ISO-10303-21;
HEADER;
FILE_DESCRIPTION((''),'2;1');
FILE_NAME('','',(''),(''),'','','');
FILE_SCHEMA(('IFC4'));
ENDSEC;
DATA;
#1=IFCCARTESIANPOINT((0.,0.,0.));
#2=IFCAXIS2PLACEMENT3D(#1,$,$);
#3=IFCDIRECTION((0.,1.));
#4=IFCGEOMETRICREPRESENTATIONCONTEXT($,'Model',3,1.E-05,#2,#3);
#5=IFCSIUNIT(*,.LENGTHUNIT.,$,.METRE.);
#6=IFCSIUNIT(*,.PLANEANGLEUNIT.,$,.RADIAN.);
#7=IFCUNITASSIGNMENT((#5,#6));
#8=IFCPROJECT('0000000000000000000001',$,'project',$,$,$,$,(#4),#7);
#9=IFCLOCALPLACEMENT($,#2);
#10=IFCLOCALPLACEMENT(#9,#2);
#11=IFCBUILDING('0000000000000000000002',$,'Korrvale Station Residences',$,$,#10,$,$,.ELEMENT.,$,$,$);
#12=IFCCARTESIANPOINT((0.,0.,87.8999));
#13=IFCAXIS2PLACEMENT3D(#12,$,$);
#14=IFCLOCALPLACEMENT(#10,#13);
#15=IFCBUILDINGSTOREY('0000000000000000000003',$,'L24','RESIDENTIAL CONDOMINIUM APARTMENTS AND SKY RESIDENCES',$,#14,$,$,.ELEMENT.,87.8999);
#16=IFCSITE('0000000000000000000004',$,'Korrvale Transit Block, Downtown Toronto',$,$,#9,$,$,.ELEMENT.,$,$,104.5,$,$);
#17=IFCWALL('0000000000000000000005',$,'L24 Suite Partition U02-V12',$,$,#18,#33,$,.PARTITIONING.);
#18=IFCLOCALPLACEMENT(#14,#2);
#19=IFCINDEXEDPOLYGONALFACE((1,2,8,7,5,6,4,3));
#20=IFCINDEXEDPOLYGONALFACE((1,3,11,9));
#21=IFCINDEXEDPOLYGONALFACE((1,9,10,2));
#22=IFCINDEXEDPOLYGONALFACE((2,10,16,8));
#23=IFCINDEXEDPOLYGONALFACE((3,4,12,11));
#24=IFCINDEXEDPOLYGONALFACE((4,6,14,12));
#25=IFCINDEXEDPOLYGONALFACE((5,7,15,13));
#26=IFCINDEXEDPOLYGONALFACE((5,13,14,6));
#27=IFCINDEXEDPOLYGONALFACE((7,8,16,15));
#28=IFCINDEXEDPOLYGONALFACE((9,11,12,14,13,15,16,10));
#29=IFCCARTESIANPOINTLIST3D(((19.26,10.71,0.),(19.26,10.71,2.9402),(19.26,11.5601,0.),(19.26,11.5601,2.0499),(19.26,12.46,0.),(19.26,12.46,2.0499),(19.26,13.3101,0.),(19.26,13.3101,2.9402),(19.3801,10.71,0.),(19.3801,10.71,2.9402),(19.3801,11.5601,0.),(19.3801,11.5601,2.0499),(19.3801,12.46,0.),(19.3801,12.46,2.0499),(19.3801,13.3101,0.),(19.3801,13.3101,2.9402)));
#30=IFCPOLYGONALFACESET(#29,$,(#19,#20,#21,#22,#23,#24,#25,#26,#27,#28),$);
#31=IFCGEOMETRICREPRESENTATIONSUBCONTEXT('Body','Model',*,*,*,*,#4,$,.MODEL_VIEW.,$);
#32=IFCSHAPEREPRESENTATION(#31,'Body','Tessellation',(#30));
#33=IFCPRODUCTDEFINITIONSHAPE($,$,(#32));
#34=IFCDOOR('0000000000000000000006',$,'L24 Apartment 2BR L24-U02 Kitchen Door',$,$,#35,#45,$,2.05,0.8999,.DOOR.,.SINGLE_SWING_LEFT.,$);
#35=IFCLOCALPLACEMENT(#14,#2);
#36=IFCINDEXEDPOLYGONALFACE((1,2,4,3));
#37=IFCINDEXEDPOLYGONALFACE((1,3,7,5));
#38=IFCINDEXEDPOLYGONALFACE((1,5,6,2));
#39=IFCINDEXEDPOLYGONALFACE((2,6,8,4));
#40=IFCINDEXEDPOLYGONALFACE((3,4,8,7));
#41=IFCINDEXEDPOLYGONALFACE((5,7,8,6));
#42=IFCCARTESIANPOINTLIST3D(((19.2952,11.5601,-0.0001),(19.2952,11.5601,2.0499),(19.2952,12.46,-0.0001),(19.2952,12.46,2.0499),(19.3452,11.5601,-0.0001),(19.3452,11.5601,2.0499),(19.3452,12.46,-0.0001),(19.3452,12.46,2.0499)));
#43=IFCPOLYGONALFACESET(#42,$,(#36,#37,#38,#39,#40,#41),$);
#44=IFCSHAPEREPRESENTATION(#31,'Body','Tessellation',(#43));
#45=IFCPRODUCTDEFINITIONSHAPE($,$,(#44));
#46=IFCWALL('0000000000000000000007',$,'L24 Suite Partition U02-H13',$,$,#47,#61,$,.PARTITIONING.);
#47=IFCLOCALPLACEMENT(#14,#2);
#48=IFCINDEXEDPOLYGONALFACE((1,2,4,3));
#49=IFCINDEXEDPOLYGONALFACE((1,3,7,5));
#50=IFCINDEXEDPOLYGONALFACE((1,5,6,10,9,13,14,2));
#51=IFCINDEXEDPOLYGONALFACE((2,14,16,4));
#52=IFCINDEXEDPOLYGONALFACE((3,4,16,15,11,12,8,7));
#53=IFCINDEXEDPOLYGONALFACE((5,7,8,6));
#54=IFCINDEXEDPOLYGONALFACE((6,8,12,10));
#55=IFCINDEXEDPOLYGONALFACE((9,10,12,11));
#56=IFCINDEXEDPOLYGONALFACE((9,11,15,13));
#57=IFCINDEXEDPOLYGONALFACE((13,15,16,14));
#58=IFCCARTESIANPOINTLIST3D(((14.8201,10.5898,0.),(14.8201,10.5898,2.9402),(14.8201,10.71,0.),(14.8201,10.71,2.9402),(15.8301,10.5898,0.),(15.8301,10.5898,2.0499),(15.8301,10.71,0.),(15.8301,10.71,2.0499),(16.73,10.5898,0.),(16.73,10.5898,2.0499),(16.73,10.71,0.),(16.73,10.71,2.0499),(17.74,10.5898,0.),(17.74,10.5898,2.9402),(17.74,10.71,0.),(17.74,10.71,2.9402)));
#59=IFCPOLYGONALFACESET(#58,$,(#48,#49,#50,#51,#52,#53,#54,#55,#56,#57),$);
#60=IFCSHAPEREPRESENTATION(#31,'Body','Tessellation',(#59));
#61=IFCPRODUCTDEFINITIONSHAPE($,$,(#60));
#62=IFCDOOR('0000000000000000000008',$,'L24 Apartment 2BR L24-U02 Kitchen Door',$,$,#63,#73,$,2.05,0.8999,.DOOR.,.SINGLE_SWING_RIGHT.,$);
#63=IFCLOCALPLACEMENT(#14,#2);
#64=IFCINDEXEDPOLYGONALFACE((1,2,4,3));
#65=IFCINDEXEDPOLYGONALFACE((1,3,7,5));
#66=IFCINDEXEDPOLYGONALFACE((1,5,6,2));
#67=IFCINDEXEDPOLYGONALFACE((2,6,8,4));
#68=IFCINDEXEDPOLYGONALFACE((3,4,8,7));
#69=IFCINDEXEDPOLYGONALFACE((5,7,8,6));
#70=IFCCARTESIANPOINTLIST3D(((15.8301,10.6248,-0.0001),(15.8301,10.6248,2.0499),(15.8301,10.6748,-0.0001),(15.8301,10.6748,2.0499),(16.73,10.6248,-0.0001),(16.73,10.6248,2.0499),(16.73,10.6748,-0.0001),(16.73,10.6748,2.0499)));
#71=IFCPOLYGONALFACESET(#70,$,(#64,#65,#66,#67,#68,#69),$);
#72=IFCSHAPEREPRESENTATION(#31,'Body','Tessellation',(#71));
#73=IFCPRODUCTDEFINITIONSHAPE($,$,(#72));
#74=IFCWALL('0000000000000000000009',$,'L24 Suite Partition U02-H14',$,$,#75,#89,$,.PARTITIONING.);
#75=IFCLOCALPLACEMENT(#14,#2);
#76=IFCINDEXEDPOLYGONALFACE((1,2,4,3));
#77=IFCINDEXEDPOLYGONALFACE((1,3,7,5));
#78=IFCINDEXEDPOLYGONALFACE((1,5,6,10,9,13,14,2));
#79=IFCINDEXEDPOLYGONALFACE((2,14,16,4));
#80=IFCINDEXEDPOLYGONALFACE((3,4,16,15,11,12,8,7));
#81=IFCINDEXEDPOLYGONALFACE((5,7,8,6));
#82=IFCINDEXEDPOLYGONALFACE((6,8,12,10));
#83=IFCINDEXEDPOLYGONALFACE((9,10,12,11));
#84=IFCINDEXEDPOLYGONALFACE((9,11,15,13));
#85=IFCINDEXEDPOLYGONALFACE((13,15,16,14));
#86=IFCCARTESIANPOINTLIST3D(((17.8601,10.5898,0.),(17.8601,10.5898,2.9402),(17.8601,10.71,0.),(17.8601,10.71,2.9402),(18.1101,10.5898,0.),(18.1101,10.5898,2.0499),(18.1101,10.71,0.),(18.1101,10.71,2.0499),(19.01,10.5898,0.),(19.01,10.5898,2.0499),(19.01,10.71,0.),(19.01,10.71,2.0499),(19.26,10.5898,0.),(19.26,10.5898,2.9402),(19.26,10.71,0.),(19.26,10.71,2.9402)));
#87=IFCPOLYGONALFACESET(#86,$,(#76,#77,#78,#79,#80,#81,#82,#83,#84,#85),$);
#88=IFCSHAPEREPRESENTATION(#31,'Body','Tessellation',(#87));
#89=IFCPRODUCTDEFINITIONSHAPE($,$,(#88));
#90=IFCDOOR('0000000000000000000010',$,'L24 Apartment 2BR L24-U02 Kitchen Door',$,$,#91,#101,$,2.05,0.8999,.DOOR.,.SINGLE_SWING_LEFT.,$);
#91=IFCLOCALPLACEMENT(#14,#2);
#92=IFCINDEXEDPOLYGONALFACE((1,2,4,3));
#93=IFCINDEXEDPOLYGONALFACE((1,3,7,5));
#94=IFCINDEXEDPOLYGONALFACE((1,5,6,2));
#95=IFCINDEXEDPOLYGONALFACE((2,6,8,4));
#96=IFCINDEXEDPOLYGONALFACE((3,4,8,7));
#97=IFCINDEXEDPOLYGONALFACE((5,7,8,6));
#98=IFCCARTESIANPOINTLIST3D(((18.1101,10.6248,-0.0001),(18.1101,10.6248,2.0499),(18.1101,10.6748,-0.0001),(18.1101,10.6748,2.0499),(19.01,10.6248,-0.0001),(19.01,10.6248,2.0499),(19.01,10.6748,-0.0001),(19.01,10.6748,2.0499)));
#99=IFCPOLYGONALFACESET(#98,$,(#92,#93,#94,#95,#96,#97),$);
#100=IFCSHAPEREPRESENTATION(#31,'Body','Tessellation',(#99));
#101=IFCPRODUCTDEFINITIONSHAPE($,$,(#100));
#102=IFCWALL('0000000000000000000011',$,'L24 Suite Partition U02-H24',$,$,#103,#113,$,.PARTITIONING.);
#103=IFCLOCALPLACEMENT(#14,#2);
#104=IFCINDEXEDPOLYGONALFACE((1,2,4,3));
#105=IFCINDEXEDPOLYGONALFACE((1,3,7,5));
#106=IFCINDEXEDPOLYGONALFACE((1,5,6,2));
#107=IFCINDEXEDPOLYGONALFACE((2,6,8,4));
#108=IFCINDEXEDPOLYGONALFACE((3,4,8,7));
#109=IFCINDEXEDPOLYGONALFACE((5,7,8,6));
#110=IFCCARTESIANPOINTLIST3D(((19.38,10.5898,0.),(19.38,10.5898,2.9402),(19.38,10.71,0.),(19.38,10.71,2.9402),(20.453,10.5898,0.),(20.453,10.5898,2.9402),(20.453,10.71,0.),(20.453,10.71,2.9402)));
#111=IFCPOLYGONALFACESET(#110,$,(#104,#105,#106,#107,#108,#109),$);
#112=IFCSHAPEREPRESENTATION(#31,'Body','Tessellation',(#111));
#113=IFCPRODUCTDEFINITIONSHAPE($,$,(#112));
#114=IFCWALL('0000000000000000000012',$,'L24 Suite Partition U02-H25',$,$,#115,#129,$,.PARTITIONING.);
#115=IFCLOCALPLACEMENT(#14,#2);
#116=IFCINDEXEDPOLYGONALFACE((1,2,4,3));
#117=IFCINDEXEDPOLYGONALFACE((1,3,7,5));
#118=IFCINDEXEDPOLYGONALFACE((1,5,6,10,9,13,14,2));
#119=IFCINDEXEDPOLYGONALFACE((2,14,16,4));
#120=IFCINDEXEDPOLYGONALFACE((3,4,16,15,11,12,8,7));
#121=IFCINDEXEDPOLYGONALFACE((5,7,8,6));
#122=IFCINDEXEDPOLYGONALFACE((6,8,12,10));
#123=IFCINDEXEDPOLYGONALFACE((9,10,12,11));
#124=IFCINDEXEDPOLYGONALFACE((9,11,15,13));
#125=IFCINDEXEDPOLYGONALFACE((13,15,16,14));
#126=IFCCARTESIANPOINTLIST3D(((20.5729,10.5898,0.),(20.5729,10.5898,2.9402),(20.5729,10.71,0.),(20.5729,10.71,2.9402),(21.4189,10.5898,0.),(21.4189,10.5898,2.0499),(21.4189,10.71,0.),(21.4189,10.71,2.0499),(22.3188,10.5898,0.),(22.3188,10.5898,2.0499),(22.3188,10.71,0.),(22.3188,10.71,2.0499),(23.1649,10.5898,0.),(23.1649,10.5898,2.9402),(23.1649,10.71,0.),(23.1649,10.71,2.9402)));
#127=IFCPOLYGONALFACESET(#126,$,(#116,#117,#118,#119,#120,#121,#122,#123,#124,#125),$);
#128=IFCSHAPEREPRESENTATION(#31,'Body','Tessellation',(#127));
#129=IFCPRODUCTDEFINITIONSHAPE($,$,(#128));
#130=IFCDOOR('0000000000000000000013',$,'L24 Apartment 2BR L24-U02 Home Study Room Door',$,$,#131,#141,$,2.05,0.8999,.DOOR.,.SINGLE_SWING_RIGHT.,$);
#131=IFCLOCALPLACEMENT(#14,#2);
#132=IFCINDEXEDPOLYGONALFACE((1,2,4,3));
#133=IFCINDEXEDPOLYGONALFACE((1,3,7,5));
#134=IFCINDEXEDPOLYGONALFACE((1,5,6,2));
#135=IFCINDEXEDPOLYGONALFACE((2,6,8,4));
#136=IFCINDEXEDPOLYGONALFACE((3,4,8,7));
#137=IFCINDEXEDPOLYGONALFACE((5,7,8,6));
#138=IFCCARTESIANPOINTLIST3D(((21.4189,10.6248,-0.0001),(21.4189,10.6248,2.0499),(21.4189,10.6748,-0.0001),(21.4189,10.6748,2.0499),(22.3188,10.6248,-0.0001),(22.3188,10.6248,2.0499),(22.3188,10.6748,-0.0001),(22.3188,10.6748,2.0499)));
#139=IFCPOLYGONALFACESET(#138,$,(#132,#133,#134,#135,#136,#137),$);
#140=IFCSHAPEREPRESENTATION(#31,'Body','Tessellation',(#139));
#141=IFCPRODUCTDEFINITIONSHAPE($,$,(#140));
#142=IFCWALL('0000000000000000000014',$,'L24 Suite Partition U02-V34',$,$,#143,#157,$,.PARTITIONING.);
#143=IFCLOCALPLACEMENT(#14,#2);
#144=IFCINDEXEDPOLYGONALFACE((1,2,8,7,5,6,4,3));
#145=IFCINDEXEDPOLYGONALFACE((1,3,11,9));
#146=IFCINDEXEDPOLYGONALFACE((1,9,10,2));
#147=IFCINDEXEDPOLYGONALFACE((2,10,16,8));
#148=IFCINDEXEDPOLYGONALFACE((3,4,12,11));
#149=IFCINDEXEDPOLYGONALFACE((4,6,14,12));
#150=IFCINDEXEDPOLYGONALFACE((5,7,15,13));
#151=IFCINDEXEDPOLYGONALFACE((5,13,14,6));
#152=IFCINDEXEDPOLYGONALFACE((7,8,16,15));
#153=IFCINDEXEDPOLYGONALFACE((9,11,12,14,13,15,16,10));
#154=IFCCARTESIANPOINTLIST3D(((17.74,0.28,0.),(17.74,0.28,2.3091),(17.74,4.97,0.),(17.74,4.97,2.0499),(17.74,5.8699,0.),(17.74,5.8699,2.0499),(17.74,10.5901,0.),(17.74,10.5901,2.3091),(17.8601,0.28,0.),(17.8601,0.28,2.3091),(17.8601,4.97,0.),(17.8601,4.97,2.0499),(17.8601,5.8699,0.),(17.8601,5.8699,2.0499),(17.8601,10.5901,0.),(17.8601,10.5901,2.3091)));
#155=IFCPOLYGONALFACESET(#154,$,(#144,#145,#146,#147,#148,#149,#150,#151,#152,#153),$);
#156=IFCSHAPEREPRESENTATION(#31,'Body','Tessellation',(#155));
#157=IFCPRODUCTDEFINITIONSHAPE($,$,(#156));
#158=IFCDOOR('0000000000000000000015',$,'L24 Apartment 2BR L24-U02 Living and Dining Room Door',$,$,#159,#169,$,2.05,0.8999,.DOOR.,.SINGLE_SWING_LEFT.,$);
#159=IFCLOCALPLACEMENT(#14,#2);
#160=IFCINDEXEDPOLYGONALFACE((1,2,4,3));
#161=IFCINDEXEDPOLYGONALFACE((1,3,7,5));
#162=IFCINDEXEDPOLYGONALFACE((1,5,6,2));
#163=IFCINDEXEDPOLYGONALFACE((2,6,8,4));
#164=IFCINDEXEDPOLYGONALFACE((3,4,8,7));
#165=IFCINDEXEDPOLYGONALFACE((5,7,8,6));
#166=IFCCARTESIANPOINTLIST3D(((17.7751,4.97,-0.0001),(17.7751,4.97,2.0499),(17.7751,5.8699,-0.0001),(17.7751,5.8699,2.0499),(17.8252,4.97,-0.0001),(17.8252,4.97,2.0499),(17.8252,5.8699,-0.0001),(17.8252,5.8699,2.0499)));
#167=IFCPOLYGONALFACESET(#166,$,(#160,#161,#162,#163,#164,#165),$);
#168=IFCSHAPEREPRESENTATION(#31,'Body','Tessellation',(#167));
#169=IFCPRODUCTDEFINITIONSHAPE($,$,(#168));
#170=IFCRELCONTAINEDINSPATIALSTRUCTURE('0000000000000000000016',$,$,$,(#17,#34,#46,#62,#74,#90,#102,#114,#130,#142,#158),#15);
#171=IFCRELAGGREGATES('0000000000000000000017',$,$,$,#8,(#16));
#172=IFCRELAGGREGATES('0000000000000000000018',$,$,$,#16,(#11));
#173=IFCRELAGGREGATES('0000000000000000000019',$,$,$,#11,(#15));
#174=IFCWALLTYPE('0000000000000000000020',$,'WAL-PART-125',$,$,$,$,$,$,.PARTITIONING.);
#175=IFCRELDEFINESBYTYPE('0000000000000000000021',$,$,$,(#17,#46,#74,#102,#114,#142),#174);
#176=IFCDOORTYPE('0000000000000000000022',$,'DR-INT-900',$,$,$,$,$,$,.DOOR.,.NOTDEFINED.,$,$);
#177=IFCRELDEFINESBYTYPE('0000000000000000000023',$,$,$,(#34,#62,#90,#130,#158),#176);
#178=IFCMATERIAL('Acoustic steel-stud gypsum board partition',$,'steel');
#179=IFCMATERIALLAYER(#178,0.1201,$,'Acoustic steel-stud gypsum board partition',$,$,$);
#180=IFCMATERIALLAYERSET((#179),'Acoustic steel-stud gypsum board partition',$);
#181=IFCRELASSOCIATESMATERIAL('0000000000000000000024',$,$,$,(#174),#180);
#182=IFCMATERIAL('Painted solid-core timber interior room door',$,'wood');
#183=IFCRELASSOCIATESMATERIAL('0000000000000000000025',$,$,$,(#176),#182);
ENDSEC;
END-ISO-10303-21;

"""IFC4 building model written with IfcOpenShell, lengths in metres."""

from ifc_helpers import new_model, si_unit, direction, frame, frame_2d, origin, place, context, subcontext, project, spatial, rectangle, extrude, material, layer, layer_set, type_object, element, fill, save


model = new_model("IFC4")

# Units and contexts
model_context = context("Model", 3, precision=1e-05, world=origin(), true_north=direction((0.0, 1.0)))
body_context = subcontext(model_context, "Body", "Model", "MODEL_VIEW")
ifc_project = project(units=[si_unit("LENGTHUNIT", "METRE"), si_unit("PLANEANGLEUNIT", "RADIAN")], contexts=[model_context])

# Site, building, storey
site_placement = place(None, origin())
site = spatial("IfcSite", under=ifc_project, at=site_placement, Name="Korrvale Transit Block, Downtown Toronto", CompositionType="ELEMENT", RefElevation=104.5)
building_placement = place(site_placement, origin())
building = spatial("IfcBuilding", under=site, at=building_placement, Name="Korrvale Station Residences", CompositionType="ELEMENT")
storey_placement = place(building_placement, frame((0.0, 0.0, 87.8999)))
storey = spatial("IfcBuildingStorey", under=building, at=storey_placement, Name="L24", Description="RESIDENTIAL CONDOMINIUM APARTMENTS AND SKY RESIDENCES", CompositionType="ELEMENT", Elevation=87.8999)

# Walls, openings, doors
ifc_material_1 = material(Name="Acoustic steel-stud gypsum board partition", Category="steel")
ifc_layer_1 = layer(ifc_material_1, 0.1201, Name="Acoustic steel-stud gypsum board partition")
ifc_layer_set_1 = layer_set([ifc_layer_1], Name="Acoustic steel-stud gypsum board partition")
wall_type_1 = type_object("IfcWallType", Name="WAL-PART-125", PredefinedType="PARTITIONING", material=ifc_layer_set_1)
wall_1_placement = place(storey_placement, frame((19.3201, 10.71, 0.0), z_axis=(0.0, 0.0, 1.0), x_axis=(0.0, 1.0, 0.0)))
wall_1 = element("IfcWall", 1, at=wall_1_placement, inside=storey, type_object=wall_type_1, Name="L24 Suite Partition U02-V12", PredefinedType="PARTITIONING", context=body_context, shape_type="SweptSolid", body=[
    extrude(rectangle(XDim=2.6001, YDim=0.1201, at=frame_2d((1.3, 0.0))), origin(), (0.0, 0.0, 1.0), 2.9402),
])
opening_1_placement = place(wall_1_placement, frame((0.8501, 0.0, 0.0)))
opening_1 = element("IfcOpeningElement", 2, at=opening_1_placement, cuts=wall_1, PredefinedType="OPENING", context=body_context, shape_type="SweptSolid", body=[
    extrude(rectangle(XDim=0.8999, YDim=2.05, at=frame_2d((0.45, 1.0249))), frame((0.0, 0.0701, 0.0), z_axis=(0.0, -1.0, 0.0), x_axis=(1.0, 0.0, 0.0)), (0.0, 0.0, 1.0), 0.1401),
])
ifc_material_2 = material(Name="Painted solid-core timber interior room door", Category="wood")
door_type_1 = type_object("IfcDoorType", Name="DR-INT-900", OperationType="NOTDEFINED", PredefinedType="DOOR", material=ifc_material_2)
door_1_placement = place(opening_1_placement, origin())
door_1 = element("IfcDoor", 3, at=door_1_placement, inside=storey, type_object=door_type_1, Name="L24 Apartment 2BR L24-U02 Kitchen Door", OperationType="SINGLE_SWING_LEFT", OverallHeight=2.05, OverallWidth=0.8999, PredefinedType="DOOR", context=body_context, shape_type="SweptSolid", body=[
    extrude(rectangle(XDim=0.8999, YDim=2.05, at=frame_2d((0.45, 1.0249))), frame((0.0, 0.0249, 0.0), z_axis=(0.0, -1.0, 0.0), x_axis=(1.0, 0.0, 0.0)), (0.0, 0.0, 1.0), 0.05),
])
fill(opening_1, door_1)
wall_2_placement = place(storey_placement, frame((14.8201, 10.6499, 0.0), z_axis=(0.0, 0.0, 1.0), x_axis=(1.0, 0.0, 0.0)))
wall_2 = element("IfcWall", 4, at=wall_2_placement, inside=storey, type_object=wall_type_1, Name="L24 Suite Partition U02-H13", PredefinedType="PARTITIONING", context=body_context, shape_type="SweptSolid", body=[
    extrude(rectangle(XDim=2.9199, YDim=0.1201, at=frame_2d((1.46, 0.0))), origin(), (0.0, 0.0, 1.0), 2.9402),
])
opening_2_placement = place(wall_2_placement, frame((1.01, 0.0, 0.0)))
opening_2 = element("IfcOpeningElement", 5, at=opening_2_placement, cuts=wall_2, PredefinedType="OPENING", context=body_context, shape_type="SweptSolid", body=[
    extrude(rectangle(XDim=0.8999, YDim=2.05, at=frame_2d((0.45, 1.0249))), frame((0.0, 0.0701, 0.0), z_axis=(0.0, -1.0, 0.0), x_axis=(1.0, 0.0, 0.0)), (0.0, 0.0, 1.0), 0.1401),
])
door_2_placement = place(opening_2_placement, origin())
door_2 = element("IfcDoor", 6, at=door_2_placement, inside=storey, type_object=door_type_1, Name="L24 Apartment 2BR L24-U02 Kitchen Door", OperationType="SINGLE_SWING_RIGHT", OverallHeight=2.05, OverallWidth=0.8999, PredefinedType="DOOR", context=body_context, shape_type="SweptSolid", body=[
    extrude(rectangle(XDim=0.8999, YDim=2.05, at=frame_2d((0.45, 1.0249))), frame((0.0, 0.0249, 0.0), z_axis=(0.0, -1.0, 0.0), x_axis=(1.0, 0.0, 0.0)), (0.0, 0.0, 1.0), 0.05),
])
fill(opening_2, door_2)
wall_3_placement = place(storey_placement, frame((17.8601, 10.6499, 0.0), z_axis=(0.0, 0.0, 1.0), x_axis=(1.0, 0.0, 0.0)))
wall_3 = element("IfcWall", 7, at=wall_3_placement, inside=storey, type_object=wall_type_1, Name="L24 Suite Partition U02-H14", PredefinedType="PARTITIONING", context=body_context, shape_type="SweptSolid", body=[
    extrude(rectangle(XDim=1.3999, YDim=0.1201, at=frame_2d((0.7, 0.0))), origin(), (0.0, 0.0, 1.0), 2.9402),
])
opening_3_placement = place(wall_3_placement, frame((0.25, 0.0, 0.0)))
opening_3 = element("IfcOpeningElement", 8, at=opening_3_placement, cuts=wall_3, PredefinedType="OPENING", context=body_context, shape_type="SweptSolid", body=[
    extrude(rectangle(XDim=0.8999, YDim=2.05, at=frame_2d((0.45, 1.0249))), frame((0.0, 0.0701, 0.0), z_axis=(0.0, -1.0, 0.0), x_axis=(1.0, 0.0, 0.0)), (0.0, 0.0, 1.0), 0.1401),
])
door_3_placement = place(opening_3_placement, origin())
door_3 = element("IfcDoor", 9, at=door_3_placement, inside=storey, type_object=door_type_1, Name="L24 Apartment 2BR L24-U02 Kitchen Door", OperationType="SINGLE_SWING_LEFT", OverallHeight=2.05, OverallWidth=0.8999, PredefinedType="DOOR", context=body_context, shape_type="SweptSolid", body=[
    extrude(rectangle(XDim=0.8999, YDim=2.05, at=frame_2d((0.45, 1.0249))), frame((0.0, 0.0249, 0.0), z_axis=(0.0, -1.0, 0.0), x_axis=(1.0, 0.0, 0.0)), (0.0, 0.0, 1.0), 0.05),
])
fill(opening_3, door_3)

# Wall
wall_4_placement = place(storey_placement, frame((19.3799, 10.6499, 0.0), z_axis=(0.0, 0.0, 1.0), x_axis=(1.0, 0.0, 0.0)))
element("IfcWall", 10, at=wall_4_placement, inside=storey, type_object=wall_type_1, Name="L24 Suite Partition U02-H24", PredefinedType="PARTITIONING", context=body_context, shape_type="SweptSolid", body=[
    extrude(rectangle(XDim=1.073, YDim=0.1201, at=frame_2d((0.5366, 0.0))), origin(), (0.0, 0.0, 1.0), 2.9402),
])

# Walls, openings, doors
wall_5_placement = place(storey_placement, frame((20.573, 10.6499, 0.0), z_axis=(0.0, 0.0, 1.0), x_axis=(1.0, 0.0, 0.0)))
wall_5 = element("IfcWall", 11, at=wall_5_placement, inside=storey, type_object=wall_type_1, Name="L24 Suite Partition U02-H25", PredefinedType="PARTITIONING", context=body_context, shape_type="SweptSolid", body=[
    extrude(rectangle(XDim=2.592, YDim=0.1201, at=frame_2d((1.2959, 0.0))), origin(), (0.0, 0.0, 1.0), 2.9402),
])
opening_4_placement = place(wall_5_placement, frame((0.8459, 0.0, 0.0)))
opening_4 = element("IfcOpeningElement", 12, at=opening_4_placement, cuts=wall_5, PredefinedType="OPENING", context=body_context, shape_type="SweptSolid", body=[
    extrude(rectangle(XDim=0.8999, YDim=2.05, at=frame_2d((0.45, 1.0249))), frame((0.0, 0.0701, 0.0), z_axis=(0.0, -1.0, 0.0), x_axis=(1.0, 0.0, 0.0)), (0.0, 0.0, 1.0), 0.1401),
])
door_4_placement = place(opening_4_placement, origin())
door_4 = element("IfcDoor", 13, at=door_4_placement, inside=storey, type_object=door_type_1, Name="L24 Apartment 2BR L24-U02 Home Study Room Door", OperationType="SINGLE_SWING_RIGHT", OverallHeight=2.05, OverallWidth=0.8999, PredefinedType="DOOR", context=body_context, shape_type="SweptSolid", body=[
    extrude(rectangle(XDim=0.8999, YDim=2.05, at=frame_2d((0.45, 1.0249))), frame((0.0, 0.0249, 0.0), z_axis=(0.0, -1.0, 0.0), x_axis=(1.0, 0.0, 0.0)), (0.0, 0.0, 1.0), 0.05),
])
fill(opening_4, door_4)
wall_6_placement = place(storey_placement, frame((17.8, 0.28, 0.0), z_axis=(0.0, 0.0, 1.0), x_axis=(0.0, 1.0, 0.0)))
wall_6 = element("IfcWall", 14, at=wall_6_placement, inside=storey, type_object=wall_type_1, Name="L24 Suite Partition U02-V34", PredefinedType="PARTITIONING", context=body_context, shape_type="SweptSolid", body=[
    extrude(rectangle(XDim=10.3101, YDim=0.1201, at=frame_2d((5.155, 0.0))), origin(), (0.0, 0.0, 1.0), 2.3091),
])
opening_5_placement = place(wall_6_placement, frame((4.6899, 0.0, 0.0)))
opening_5 = element("IfcOpeningElement", 15, at=opening_5_placement, cuts=wall_6, PredefinedType="OPENING", context=body_context, shape_type="SweptSolid", body=[
    extrude(rectangle(XDim=0.8999, YDim=2.05, at=frame_2d((0.45, 1.0249))), frame((0.0, 0.0701, 0.0), z_axis=(0.0, -1.0, 0.0), x_axis=(1.0, 0.0, 0.0)), (0.0, 0.0, 1.0), 0.1401),
])
door_5_placement = place(opening_5_placement, origin())
door_5 = element("IfcDoor", 16, at=door_5_placement, inside=storey, type_object=door_type_1, Name="L24 Apartment 2BR L24-U02 Living and Dining Room Door", OperationType="SINGLE_SWING_LEFT", OverallHeight=2.05, OverallWidth=0.8999, PredefinedType="DOOR", context=body_context, shape_type="SweptSolid", body=[
    extrude(rectangle(XDim=0.8999, YDim=2.05, at=frame_2d((0.45, 1.0249))), frame((0.0, 0.0249, 0.0), z_axis=(0.0, -1.0, 0.0), x_axis=(1.0, 0.0, 0.0)), (0.0, 0.0, 1.0), 0.05),
])
fill(opening_5, door_5)

save(model, "model.ifc")
